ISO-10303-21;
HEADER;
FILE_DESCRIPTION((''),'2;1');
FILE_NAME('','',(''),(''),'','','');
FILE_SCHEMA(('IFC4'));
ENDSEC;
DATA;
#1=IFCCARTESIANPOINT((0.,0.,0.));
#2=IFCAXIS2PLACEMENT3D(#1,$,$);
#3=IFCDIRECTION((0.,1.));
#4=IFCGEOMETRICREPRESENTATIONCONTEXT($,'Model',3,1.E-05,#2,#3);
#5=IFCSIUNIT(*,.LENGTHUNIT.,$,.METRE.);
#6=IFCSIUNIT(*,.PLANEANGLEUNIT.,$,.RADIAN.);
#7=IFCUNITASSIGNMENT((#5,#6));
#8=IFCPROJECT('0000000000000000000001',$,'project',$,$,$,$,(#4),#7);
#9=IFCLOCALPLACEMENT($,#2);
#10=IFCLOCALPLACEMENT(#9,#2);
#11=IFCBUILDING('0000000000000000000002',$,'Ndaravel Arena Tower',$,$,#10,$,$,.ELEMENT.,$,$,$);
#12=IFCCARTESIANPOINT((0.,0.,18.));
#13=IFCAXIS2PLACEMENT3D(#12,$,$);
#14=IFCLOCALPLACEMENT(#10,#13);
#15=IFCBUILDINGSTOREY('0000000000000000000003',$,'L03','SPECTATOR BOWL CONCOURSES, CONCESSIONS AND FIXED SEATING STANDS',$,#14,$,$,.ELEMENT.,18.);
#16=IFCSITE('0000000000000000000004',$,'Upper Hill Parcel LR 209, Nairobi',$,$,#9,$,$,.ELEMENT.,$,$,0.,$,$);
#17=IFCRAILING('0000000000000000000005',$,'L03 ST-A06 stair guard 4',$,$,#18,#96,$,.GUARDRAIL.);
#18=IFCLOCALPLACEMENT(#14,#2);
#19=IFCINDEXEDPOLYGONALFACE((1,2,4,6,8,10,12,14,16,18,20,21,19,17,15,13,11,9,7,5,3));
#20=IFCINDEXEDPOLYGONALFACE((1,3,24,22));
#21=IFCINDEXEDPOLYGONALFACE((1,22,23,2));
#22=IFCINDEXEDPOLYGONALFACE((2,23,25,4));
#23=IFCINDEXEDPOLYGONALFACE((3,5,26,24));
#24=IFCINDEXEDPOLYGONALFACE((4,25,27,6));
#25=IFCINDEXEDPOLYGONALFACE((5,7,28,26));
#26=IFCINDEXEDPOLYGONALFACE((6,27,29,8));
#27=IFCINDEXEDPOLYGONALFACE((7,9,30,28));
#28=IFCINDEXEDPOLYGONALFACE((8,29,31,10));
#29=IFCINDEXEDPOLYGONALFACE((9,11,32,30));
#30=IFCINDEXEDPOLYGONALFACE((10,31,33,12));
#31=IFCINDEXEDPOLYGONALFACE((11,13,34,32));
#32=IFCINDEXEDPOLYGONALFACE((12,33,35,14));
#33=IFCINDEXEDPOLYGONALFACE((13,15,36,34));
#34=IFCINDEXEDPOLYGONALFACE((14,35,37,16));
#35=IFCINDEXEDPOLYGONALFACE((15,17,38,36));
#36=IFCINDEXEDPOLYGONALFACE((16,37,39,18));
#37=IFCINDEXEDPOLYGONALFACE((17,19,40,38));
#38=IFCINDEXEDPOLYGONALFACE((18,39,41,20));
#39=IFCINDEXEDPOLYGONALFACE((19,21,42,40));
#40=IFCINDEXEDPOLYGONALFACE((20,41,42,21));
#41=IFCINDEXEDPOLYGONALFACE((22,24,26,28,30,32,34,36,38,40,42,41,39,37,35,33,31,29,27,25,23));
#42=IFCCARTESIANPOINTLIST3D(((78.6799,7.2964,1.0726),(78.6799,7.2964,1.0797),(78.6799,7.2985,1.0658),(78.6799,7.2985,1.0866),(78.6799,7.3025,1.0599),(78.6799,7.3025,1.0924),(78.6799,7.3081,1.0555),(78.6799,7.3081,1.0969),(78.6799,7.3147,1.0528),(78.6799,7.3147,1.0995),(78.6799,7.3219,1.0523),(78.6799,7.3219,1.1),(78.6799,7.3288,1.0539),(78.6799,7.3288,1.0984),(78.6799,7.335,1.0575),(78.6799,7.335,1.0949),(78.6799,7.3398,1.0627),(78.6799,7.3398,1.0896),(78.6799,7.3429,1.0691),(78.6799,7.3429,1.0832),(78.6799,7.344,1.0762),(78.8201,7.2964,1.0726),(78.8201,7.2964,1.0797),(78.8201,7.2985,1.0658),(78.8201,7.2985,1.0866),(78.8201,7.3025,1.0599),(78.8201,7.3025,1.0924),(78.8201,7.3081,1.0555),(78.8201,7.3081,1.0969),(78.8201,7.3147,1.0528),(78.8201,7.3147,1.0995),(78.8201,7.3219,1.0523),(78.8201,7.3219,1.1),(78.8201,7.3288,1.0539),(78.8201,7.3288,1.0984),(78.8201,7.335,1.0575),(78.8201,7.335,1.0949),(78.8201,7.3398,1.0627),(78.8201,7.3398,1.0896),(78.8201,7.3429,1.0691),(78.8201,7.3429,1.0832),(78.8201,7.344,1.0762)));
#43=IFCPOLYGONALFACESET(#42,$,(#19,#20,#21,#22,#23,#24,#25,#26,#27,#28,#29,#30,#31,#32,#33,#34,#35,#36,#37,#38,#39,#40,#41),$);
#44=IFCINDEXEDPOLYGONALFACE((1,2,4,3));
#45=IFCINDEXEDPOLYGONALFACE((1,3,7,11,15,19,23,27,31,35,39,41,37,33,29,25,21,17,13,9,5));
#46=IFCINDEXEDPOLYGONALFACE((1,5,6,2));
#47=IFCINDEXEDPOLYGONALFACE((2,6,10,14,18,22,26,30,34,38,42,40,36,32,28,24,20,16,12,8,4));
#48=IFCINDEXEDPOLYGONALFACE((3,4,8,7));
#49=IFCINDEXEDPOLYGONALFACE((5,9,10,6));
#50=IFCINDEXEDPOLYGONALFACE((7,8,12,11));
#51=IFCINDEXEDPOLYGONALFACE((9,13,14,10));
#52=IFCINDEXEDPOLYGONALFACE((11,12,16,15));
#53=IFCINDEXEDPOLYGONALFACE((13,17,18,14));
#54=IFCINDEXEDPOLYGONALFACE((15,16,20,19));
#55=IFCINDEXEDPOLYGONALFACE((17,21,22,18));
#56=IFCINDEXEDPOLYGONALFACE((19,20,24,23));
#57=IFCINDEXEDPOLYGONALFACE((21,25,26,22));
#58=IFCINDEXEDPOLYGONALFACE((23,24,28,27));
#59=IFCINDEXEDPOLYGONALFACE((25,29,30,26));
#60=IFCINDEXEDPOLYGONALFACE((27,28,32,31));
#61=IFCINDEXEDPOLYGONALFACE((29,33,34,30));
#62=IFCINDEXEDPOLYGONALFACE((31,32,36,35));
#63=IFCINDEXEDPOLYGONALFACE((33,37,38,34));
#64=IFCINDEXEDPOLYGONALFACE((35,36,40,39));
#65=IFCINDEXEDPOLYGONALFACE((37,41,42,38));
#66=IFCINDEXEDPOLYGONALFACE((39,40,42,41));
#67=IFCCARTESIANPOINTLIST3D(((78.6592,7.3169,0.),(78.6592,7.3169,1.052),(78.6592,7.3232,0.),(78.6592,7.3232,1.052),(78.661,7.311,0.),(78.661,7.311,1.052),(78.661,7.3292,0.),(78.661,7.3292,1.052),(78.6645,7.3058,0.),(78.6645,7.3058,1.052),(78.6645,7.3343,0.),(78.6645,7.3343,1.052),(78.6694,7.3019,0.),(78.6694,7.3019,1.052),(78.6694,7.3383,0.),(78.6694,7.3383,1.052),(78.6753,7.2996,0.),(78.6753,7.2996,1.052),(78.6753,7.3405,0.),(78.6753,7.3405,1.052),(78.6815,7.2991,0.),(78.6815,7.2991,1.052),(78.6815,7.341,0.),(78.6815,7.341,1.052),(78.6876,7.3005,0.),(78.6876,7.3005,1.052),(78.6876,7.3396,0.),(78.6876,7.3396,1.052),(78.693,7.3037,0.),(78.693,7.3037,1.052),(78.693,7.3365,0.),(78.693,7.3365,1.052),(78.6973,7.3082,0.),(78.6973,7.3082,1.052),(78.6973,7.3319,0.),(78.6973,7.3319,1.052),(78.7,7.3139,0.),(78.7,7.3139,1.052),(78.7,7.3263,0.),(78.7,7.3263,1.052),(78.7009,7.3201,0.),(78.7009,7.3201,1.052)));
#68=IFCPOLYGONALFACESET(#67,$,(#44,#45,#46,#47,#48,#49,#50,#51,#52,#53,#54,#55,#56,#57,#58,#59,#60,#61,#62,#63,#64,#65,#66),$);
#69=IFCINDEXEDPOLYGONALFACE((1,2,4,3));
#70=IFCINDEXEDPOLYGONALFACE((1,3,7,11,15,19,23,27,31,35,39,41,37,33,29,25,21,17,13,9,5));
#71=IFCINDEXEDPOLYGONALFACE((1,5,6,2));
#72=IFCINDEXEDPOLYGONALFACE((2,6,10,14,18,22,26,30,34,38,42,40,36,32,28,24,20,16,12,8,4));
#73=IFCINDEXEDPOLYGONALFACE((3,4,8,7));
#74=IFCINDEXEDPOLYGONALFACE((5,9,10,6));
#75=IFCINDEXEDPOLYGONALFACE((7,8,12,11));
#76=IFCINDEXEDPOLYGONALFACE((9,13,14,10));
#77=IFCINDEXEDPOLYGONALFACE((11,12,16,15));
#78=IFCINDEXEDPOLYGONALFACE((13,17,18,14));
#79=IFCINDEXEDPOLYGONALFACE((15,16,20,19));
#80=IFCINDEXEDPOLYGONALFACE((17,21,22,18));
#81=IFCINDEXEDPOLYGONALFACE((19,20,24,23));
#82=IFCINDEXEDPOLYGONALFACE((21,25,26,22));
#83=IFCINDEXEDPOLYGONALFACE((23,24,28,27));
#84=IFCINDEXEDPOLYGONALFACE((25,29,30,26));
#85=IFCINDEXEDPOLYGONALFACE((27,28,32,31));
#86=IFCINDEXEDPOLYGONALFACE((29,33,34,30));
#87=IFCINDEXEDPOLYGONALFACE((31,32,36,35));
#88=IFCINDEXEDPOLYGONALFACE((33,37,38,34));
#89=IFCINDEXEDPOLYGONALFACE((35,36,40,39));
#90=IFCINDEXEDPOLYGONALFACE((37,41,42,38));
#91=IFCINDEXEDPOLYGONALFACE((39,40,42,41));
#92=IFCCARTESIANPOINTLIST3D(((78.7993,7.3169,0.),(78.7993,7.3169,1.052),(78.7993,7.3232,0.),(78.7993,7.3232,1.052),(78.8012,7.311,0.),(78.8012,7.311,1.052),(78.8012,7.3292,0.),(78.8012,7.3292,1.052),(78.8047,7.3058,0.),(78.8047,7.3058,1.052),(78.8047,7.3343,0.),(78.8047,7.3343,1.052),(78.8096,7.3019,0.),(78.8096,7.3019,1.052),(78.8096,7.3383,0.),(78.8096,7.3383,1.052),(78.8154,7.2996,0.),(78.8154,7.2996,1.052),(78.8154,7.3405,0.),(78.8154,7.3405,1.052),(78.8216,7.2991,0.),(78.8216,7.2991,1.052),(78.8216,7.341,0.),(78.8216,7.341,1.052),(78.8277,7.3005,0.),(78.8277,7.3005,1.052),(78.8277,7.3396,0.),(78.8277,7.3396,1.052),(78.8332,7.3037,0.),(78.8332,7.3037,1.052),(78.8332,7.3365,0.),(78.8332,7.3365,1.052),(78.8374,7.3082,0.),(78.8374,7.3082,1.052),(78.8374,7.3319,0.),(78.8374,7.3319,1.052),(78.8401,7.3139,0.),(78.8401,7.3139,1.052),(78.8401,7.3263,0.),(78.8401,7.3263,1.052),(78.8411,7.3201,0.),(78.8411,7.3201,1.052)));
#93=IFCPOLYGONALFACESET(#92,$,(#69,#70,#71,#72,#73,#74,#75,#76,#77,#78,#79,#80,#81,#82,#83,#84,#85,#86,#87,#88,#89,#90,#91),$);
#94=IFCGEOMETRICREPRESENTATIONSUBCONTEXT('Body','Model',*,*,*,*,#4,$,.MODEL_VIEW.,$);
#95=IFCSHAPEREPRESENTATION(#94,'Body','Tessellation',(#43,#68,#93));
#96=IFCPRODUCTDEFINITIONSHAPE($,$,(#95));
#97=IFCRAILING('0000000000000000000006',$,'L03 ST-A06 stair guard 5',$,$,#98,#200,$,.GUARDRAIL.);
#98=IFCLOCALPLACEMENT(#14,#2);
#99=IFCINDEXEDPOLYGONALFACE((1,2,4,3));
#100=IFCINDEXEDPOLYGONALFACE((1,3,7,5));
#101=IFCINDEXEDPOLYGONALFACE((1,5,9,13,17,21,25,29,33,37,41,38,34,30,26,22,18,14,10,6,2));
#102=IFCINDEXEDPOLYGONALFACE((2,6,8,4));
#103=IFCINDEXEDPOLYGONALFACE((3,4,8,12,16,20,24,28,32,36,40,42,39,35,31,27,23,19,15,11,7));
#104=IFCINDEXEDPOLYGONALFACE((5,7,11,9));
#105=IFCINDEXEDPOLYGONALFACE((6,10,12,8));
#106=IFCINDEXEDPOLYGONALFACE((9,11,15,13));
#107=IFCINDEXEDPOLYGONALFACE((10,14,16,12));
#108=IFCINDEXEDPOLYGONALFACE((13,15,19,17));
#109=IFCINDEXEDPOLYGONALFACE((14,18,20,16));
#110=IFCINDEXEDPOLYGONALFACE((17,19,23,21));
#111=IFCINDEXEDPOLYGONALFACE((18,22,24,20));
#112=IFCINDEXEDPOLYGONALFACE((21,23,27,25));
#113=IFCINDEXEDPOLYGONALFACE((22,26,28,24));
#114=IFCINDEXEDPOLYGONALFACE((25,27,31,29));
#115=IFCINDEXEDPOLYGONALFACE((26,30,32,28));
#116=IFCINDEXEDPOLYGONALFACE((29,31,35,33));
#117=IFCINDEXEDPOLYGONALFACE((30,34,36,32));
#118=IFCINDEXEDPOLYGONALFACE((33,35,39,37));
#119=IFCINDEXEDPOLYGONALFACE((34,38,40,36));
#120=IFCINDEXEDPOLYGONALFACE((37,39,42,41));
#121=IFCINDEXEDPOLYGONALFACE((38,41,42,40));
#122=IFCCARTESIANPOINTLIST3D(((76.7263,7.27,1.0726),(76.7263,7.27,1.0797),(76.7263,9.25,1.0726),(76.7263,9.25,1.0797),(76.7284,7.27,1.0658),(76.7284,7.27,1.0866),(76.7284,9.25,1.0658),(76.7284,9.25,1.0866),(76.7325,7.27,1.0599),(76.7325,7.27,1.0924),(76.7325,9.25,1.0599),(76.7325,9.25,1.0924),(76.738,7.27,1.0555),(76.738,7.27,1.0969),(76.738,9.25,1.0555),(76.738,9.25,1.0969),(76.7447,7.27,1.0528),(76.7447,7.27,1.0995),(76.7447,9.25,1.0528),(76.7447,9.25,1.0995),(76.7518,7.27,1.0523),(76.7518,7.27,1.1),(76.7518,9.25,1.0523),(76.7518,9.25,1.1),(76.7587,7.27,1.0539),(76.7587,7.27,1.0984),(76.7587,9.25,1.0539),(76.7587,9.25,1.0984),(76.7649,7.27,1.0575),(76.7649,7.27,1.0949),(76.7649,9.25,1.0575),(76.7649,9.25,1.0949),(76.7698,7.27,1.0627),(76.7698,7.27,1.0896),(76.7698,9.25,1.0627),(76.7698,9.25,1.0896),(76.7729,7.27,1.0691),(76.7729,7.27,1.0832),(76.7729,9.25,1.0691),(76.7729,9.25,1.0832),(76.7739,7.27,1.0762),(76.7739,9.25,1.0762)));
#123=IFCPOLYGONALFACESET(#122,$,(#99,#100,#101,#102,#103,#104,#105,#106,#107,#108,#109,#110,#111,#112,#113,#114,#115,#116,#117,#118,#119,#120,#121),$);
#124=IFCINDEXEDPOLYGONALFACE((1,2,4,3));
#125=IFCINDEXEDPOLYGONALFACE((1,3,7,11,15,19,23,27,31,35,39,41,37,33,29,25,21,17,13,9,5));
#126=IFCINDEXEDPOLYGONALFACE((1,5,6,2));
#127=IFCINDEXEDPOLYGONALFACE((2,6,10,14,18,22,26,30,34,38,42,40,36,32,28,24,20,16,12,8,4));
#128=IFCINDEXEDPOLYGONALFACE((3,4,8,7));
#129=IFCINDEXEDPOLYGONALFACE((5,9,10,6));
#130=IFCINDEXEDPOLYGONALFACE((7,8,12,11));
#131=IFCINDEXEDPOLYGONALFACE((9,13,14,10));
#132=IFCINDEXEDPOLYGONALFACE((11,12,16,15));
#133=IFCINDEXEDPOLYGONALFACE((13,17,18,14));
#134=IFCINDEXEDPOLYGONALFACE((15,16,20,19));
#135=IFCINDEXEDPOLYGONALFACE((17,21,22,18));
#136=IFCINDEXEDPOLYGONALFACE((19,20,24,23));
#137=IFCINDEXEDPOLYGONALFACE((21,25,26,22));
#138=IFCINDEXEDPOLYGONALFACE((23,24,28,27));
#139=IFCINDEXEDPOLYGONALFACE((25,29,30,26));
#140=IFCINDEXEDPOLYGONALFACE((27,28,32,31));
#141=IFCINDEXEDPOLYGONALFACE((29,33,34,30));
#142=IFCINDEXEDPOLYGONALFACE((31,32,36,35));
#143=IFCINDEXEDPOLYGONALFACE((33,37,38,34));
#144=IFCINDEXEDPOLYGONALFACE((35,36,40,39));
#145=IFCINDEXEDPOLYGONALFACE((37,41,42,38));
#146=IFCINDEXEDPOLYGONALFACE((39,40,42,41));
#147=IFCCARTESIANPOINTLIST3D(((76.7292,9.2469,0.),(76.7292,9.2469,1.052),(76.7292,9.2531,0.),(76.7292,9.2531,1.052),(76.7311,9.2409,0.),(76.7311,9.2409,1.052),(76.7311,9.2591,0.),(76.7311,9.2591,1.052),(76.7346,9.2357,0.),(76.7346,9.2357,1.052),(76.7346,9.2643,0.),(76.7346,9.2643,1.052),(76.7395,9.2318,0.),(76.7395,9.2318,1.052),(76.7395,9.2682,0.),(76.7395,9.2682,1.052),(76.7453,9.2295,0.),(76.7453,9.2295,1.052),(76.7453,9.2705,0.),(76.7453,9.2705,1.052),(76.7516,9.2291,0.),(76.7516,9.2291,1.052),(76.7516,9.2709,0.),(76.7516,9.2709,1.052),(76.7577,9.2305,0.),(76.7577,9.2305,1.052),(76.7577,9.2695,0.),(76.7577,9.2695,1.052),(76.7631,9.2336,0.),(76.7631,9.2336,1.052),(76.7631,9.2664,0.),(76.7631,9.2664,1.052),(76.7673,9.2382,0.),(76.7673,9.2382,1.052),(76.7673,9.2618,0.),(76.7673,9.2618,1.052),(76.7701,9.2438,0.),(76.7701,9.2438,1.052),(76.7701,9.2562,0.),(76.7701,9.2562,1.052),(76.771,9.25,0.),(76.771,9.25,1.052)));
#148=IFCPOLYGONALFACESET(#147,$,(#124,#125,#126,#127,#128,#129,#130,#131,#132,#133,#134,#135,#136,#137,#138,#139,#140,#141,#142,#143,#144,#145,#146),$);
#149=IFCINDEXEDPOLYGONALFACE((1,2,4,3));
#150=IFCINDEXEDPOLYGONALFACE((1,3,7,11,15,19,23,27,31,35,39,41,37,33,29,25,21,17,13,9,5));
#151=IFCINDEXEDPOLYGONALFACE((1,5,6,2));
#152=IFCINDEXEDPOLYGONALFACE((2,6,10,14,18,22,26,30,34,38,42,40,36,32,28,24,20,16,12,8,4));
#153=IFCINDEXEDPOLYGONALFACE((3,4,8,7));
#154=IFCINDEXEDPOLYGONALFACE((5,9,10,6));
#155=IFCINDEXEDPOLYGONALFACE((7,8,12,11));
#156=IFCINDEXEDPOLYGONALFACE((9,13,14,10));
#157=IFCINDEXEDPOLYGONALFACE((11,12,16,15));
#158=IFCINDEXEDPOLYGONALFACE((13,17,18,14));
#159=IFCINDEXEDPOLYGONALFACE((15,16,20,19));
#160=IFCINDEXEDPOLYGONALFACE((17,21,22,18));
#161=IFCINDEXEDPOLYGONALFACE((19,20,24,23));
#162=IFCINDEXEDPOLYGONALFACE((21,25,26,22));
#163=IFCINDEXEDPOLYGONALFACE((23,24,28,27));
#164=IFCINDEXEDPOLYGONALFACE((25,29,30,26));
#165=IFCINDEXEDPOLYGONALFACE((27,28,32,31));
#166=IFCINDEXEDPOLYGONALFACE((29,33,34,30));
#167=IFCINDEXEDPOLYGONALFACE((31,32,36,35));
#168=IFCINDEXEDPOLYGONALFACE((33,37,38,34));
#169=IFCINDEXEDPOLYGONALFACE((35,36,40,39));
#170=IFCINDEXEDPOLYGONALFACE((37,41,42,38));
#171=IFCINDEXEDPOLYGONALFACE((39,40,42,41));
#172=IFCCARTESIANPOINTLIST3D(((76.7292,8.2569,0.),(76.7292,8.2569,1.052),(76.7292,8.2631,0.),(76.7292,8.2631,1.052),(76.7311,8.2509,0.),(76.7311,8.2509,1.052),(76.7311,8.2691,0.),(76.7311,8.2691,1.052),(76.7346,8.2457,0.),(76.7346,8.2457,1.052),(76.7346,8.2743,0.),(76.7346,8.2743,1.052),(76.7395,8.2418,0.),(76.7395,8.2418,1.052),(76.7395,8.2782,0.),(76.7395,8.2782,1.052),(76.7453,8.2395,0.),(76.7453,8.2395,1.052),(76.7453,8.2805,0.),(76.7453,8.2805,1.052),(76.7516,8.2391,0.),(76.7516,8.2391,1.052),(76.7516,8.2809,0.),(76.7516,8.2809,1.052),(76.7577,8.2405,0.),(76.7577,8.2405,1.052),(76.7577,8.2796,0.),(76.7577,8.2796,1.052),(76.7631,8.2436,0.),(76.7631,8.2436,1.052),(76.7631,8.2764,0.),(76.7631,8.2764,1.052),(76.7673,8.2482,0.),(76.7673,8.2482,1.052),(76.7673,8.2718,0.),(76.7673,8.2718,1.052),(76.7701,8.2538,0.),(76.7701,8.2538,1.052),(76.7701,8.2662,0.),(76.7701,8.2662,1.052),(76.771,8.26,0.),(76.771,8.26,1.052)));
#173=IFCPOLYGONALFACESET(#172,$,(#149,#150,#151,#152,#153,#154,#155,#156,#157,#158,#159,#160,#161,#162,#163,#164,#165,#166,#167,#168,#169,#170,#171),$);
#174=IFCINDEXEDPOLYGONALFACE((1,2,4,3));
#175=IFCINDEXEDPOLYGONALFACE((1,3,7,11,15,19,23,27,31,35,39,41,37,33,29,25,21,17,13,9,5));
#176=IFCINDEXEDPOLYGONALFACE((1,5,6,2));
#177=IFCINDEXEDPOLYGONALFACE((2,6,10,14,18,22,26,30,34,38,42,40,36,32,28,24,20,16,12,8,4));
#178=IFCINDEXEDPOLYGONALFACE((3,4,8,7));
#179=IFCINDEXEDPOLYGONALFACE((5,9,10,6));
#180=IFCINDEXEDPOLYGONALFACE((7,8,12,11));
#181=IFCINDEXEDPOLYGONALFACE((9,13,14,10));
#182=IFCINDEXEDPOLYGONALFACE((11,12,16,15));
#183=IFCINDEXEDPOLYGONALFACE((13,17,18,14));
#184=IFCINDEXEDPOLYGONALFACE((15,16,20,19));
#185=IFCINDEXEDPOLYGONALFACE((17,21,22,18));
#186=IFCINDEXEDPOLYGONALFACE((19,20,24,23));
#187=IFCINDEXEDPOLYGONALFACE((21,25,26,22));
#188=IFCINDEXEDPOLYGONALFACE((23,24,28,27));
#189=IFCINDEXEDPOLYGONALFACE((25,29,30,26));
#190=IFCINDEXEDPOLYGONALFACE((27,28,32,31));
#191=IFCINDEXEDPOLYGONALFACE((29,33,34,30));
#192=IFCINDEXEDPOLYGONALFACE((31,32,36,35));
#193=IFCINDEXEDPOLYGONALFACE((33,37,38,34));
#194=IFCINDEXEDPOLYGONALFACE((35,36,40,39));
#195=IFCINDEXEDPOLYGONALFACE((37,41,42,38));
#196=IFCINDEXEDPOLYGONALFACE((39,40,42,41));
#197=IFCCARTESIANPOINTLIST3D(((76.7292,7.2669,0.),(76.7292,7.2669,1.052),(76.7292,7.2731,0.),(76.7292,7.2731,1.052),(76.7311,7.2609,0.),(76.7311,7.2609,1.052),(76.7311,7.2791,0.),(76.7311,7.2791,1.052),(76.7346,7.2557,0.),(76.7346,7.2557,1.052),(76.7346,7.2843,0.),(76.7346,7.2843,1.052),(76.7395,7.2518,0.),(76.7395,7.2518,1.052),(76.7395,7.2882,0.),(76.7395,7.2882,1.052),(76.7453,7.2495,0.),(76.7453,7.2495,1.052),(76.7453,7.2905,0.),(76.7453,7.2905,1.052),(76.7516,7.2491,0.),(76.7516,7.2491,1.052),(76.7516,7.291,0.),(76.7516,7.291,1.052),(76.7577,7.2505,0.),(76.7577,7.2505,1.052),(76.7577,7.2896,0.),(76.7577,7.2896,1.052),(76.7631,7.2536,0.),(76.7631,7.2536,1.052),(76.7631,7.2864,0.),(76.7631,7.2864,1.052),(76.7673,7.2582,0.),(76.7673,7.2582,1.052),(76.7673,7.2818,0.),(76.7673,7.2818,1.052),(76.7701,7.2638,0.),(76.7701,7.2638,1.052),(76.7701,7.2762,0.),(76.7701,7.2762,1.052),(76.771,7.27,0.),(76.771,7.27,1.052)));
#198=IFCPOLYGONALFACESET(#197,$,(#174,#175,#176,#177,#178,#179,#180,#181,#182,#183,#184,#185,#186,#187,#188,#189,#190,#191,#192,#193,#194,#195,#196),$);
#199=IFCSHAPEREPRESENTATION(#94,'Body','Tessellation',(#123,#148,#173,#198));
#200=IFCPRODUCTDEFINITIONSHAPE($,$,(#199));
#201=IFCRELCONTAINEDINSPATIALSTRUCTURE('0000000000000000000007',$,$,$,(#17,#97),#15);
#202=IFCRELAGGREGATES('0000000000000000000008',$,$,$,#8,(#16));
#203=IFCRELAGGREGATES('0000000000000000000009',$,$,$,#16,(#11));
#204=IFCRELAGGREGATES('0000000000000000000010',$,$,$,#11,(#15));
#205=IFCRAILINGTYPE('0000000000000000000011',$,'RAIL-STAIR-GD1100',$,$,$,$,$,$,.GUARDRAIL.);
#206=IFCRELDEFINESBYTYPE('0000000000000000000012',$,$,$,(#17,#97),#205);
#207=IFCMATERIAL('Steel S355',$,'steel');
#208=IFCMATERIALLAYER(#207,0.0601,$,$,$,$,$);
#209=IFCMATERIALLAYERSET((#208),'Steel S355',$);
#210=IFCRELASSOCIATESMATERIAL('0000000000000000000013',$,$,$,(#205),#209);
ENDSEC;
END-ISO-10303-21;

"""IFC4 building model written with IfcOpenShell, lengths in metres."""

from ifc_helpers import new_model, si_unit, direction, frame, origin, origin_2d, place, context, subcontext, project, spatial, circle, extrude, material, layer, layer_set, type_object, element, save


model = new_model("IFC4")

# Units and contexts
model_context = context("Model", 3, precision=1e-05, world=origin(), true_north=direction((0.0, 1.0)))
body_context = subcontext(model_context, "Body", "Model", "MODEL_VIEW")
ifc_project = project(units=[si_unit("LENGTHUNIT", "METRE"), si_unit("PLANEANGLEUNIT", "RADIAN")], contexts=[model_context])

# Site, building, storey
site_placement = place(None, origin())
site = spatial("IfcSite", under=ifc_project, at=site_placement, Name="Upper Hill Parcel LR 209, Nairobi", CompositionType="ELEMENT", RefElevation=0.0)
building_placement = place(site_placement, origin())
building = spatial("IfcBuilding", under=site, at=building_placement, Name="Ndaravel Arena Tower", CompositionType="ELEMENT")
storey_placement = place(building_placement, frame((0.0, 0.0, 18.0)))
storey = spatial("IfcBuildingStorey", under=building, at=storey_placement, Name="L03", Description="SPECTATOR BOWL CONCOURSES, CONCESSIONS AND FIXED SEATING STANDS", CompositionType="ELEMENT", Elevation=18.0)

# Railings
ifc_material_1 = material(Name="Steel S355", Category="steel")
ifc_layer_1 = layer(ifc_material_1, 0.0601)
ifc_layer_set_1 = layer_set([ifc_layer_1], Name="Steel S355")
railing_type_1 = type_object("IfcRailingType", Name="RAIL-STAIR-GD1100", PredefinedType="GUARDRAIL", material=ifc_layer_set_1)
railing_1_placement = place(storey_placement, frame((78.6799, 7.3201, 0.0)))
element("IfcRailing", 1, at=railing_1_placement, inside=storey, type_object=railing_type_1, Name="L03 ST-A06 stair guard 4", PredefinedType="GUARDRAIL", context=body_context, shape_type="SweptSolid", body=[
    extrude(circle(Radius=0.0239, at=origin_2d()), frame((0.0, 0.0, 1.0762), z_axis=(1.0, 0.0, 0.0), x_axis=(0.0, 1.0, 0.0)), (0.0, 0.0, 1.0), 0.1401),
    extrude(circle(Radius=0.021, at=origin_2d()), origin(), (0.0, 0.0, 1.0), 1.052),
    extrude(circle(Radius=0.021, at=origin_2d()), frame((0.1401, 0.0, 0.0)), (0.0, 0.0, 1.0), 1.052),
])
for number, where, name in (
    (2, (76.75, 9.25, 0.0), "L03 ST-A06 stair guard 5"),
):
    element("IfcRailing", number, at=place(storey_placement, frame(where)), inside=storey, type_object=railing_type_1, Name=name, PredefinedType="GUARDRAIL", context=body_context, shape_type="SweptSolid", body=[
        extrude(circle(Radius=0.0239, at=origin_2d()), frame((0.0, 0.0, 1.0762), z_axis=(0.0, -1.0, 0.0), x_axis=(1.0, 0.0, 0.0)), (0.0, 0.0, 1.0), 1.98),
        extrude(circle(Radius=0.021, at=origin_2d()), origin(), (0.0, 0.0, 1.0), 1.052),
        extrude(circle(Radius=0.021, at=origin_2d()), frame((0.0, -0.99, 0.0)), (0.0, 0.0, 1.0), 1.052),
        extrude(circle(Radius=0.021, at=origin_2d()), frame((0.0, -1.98, 0.0)), (0.0, 0.0, 1.0), 1.052),
    ])

save(model, "model.ifc")
